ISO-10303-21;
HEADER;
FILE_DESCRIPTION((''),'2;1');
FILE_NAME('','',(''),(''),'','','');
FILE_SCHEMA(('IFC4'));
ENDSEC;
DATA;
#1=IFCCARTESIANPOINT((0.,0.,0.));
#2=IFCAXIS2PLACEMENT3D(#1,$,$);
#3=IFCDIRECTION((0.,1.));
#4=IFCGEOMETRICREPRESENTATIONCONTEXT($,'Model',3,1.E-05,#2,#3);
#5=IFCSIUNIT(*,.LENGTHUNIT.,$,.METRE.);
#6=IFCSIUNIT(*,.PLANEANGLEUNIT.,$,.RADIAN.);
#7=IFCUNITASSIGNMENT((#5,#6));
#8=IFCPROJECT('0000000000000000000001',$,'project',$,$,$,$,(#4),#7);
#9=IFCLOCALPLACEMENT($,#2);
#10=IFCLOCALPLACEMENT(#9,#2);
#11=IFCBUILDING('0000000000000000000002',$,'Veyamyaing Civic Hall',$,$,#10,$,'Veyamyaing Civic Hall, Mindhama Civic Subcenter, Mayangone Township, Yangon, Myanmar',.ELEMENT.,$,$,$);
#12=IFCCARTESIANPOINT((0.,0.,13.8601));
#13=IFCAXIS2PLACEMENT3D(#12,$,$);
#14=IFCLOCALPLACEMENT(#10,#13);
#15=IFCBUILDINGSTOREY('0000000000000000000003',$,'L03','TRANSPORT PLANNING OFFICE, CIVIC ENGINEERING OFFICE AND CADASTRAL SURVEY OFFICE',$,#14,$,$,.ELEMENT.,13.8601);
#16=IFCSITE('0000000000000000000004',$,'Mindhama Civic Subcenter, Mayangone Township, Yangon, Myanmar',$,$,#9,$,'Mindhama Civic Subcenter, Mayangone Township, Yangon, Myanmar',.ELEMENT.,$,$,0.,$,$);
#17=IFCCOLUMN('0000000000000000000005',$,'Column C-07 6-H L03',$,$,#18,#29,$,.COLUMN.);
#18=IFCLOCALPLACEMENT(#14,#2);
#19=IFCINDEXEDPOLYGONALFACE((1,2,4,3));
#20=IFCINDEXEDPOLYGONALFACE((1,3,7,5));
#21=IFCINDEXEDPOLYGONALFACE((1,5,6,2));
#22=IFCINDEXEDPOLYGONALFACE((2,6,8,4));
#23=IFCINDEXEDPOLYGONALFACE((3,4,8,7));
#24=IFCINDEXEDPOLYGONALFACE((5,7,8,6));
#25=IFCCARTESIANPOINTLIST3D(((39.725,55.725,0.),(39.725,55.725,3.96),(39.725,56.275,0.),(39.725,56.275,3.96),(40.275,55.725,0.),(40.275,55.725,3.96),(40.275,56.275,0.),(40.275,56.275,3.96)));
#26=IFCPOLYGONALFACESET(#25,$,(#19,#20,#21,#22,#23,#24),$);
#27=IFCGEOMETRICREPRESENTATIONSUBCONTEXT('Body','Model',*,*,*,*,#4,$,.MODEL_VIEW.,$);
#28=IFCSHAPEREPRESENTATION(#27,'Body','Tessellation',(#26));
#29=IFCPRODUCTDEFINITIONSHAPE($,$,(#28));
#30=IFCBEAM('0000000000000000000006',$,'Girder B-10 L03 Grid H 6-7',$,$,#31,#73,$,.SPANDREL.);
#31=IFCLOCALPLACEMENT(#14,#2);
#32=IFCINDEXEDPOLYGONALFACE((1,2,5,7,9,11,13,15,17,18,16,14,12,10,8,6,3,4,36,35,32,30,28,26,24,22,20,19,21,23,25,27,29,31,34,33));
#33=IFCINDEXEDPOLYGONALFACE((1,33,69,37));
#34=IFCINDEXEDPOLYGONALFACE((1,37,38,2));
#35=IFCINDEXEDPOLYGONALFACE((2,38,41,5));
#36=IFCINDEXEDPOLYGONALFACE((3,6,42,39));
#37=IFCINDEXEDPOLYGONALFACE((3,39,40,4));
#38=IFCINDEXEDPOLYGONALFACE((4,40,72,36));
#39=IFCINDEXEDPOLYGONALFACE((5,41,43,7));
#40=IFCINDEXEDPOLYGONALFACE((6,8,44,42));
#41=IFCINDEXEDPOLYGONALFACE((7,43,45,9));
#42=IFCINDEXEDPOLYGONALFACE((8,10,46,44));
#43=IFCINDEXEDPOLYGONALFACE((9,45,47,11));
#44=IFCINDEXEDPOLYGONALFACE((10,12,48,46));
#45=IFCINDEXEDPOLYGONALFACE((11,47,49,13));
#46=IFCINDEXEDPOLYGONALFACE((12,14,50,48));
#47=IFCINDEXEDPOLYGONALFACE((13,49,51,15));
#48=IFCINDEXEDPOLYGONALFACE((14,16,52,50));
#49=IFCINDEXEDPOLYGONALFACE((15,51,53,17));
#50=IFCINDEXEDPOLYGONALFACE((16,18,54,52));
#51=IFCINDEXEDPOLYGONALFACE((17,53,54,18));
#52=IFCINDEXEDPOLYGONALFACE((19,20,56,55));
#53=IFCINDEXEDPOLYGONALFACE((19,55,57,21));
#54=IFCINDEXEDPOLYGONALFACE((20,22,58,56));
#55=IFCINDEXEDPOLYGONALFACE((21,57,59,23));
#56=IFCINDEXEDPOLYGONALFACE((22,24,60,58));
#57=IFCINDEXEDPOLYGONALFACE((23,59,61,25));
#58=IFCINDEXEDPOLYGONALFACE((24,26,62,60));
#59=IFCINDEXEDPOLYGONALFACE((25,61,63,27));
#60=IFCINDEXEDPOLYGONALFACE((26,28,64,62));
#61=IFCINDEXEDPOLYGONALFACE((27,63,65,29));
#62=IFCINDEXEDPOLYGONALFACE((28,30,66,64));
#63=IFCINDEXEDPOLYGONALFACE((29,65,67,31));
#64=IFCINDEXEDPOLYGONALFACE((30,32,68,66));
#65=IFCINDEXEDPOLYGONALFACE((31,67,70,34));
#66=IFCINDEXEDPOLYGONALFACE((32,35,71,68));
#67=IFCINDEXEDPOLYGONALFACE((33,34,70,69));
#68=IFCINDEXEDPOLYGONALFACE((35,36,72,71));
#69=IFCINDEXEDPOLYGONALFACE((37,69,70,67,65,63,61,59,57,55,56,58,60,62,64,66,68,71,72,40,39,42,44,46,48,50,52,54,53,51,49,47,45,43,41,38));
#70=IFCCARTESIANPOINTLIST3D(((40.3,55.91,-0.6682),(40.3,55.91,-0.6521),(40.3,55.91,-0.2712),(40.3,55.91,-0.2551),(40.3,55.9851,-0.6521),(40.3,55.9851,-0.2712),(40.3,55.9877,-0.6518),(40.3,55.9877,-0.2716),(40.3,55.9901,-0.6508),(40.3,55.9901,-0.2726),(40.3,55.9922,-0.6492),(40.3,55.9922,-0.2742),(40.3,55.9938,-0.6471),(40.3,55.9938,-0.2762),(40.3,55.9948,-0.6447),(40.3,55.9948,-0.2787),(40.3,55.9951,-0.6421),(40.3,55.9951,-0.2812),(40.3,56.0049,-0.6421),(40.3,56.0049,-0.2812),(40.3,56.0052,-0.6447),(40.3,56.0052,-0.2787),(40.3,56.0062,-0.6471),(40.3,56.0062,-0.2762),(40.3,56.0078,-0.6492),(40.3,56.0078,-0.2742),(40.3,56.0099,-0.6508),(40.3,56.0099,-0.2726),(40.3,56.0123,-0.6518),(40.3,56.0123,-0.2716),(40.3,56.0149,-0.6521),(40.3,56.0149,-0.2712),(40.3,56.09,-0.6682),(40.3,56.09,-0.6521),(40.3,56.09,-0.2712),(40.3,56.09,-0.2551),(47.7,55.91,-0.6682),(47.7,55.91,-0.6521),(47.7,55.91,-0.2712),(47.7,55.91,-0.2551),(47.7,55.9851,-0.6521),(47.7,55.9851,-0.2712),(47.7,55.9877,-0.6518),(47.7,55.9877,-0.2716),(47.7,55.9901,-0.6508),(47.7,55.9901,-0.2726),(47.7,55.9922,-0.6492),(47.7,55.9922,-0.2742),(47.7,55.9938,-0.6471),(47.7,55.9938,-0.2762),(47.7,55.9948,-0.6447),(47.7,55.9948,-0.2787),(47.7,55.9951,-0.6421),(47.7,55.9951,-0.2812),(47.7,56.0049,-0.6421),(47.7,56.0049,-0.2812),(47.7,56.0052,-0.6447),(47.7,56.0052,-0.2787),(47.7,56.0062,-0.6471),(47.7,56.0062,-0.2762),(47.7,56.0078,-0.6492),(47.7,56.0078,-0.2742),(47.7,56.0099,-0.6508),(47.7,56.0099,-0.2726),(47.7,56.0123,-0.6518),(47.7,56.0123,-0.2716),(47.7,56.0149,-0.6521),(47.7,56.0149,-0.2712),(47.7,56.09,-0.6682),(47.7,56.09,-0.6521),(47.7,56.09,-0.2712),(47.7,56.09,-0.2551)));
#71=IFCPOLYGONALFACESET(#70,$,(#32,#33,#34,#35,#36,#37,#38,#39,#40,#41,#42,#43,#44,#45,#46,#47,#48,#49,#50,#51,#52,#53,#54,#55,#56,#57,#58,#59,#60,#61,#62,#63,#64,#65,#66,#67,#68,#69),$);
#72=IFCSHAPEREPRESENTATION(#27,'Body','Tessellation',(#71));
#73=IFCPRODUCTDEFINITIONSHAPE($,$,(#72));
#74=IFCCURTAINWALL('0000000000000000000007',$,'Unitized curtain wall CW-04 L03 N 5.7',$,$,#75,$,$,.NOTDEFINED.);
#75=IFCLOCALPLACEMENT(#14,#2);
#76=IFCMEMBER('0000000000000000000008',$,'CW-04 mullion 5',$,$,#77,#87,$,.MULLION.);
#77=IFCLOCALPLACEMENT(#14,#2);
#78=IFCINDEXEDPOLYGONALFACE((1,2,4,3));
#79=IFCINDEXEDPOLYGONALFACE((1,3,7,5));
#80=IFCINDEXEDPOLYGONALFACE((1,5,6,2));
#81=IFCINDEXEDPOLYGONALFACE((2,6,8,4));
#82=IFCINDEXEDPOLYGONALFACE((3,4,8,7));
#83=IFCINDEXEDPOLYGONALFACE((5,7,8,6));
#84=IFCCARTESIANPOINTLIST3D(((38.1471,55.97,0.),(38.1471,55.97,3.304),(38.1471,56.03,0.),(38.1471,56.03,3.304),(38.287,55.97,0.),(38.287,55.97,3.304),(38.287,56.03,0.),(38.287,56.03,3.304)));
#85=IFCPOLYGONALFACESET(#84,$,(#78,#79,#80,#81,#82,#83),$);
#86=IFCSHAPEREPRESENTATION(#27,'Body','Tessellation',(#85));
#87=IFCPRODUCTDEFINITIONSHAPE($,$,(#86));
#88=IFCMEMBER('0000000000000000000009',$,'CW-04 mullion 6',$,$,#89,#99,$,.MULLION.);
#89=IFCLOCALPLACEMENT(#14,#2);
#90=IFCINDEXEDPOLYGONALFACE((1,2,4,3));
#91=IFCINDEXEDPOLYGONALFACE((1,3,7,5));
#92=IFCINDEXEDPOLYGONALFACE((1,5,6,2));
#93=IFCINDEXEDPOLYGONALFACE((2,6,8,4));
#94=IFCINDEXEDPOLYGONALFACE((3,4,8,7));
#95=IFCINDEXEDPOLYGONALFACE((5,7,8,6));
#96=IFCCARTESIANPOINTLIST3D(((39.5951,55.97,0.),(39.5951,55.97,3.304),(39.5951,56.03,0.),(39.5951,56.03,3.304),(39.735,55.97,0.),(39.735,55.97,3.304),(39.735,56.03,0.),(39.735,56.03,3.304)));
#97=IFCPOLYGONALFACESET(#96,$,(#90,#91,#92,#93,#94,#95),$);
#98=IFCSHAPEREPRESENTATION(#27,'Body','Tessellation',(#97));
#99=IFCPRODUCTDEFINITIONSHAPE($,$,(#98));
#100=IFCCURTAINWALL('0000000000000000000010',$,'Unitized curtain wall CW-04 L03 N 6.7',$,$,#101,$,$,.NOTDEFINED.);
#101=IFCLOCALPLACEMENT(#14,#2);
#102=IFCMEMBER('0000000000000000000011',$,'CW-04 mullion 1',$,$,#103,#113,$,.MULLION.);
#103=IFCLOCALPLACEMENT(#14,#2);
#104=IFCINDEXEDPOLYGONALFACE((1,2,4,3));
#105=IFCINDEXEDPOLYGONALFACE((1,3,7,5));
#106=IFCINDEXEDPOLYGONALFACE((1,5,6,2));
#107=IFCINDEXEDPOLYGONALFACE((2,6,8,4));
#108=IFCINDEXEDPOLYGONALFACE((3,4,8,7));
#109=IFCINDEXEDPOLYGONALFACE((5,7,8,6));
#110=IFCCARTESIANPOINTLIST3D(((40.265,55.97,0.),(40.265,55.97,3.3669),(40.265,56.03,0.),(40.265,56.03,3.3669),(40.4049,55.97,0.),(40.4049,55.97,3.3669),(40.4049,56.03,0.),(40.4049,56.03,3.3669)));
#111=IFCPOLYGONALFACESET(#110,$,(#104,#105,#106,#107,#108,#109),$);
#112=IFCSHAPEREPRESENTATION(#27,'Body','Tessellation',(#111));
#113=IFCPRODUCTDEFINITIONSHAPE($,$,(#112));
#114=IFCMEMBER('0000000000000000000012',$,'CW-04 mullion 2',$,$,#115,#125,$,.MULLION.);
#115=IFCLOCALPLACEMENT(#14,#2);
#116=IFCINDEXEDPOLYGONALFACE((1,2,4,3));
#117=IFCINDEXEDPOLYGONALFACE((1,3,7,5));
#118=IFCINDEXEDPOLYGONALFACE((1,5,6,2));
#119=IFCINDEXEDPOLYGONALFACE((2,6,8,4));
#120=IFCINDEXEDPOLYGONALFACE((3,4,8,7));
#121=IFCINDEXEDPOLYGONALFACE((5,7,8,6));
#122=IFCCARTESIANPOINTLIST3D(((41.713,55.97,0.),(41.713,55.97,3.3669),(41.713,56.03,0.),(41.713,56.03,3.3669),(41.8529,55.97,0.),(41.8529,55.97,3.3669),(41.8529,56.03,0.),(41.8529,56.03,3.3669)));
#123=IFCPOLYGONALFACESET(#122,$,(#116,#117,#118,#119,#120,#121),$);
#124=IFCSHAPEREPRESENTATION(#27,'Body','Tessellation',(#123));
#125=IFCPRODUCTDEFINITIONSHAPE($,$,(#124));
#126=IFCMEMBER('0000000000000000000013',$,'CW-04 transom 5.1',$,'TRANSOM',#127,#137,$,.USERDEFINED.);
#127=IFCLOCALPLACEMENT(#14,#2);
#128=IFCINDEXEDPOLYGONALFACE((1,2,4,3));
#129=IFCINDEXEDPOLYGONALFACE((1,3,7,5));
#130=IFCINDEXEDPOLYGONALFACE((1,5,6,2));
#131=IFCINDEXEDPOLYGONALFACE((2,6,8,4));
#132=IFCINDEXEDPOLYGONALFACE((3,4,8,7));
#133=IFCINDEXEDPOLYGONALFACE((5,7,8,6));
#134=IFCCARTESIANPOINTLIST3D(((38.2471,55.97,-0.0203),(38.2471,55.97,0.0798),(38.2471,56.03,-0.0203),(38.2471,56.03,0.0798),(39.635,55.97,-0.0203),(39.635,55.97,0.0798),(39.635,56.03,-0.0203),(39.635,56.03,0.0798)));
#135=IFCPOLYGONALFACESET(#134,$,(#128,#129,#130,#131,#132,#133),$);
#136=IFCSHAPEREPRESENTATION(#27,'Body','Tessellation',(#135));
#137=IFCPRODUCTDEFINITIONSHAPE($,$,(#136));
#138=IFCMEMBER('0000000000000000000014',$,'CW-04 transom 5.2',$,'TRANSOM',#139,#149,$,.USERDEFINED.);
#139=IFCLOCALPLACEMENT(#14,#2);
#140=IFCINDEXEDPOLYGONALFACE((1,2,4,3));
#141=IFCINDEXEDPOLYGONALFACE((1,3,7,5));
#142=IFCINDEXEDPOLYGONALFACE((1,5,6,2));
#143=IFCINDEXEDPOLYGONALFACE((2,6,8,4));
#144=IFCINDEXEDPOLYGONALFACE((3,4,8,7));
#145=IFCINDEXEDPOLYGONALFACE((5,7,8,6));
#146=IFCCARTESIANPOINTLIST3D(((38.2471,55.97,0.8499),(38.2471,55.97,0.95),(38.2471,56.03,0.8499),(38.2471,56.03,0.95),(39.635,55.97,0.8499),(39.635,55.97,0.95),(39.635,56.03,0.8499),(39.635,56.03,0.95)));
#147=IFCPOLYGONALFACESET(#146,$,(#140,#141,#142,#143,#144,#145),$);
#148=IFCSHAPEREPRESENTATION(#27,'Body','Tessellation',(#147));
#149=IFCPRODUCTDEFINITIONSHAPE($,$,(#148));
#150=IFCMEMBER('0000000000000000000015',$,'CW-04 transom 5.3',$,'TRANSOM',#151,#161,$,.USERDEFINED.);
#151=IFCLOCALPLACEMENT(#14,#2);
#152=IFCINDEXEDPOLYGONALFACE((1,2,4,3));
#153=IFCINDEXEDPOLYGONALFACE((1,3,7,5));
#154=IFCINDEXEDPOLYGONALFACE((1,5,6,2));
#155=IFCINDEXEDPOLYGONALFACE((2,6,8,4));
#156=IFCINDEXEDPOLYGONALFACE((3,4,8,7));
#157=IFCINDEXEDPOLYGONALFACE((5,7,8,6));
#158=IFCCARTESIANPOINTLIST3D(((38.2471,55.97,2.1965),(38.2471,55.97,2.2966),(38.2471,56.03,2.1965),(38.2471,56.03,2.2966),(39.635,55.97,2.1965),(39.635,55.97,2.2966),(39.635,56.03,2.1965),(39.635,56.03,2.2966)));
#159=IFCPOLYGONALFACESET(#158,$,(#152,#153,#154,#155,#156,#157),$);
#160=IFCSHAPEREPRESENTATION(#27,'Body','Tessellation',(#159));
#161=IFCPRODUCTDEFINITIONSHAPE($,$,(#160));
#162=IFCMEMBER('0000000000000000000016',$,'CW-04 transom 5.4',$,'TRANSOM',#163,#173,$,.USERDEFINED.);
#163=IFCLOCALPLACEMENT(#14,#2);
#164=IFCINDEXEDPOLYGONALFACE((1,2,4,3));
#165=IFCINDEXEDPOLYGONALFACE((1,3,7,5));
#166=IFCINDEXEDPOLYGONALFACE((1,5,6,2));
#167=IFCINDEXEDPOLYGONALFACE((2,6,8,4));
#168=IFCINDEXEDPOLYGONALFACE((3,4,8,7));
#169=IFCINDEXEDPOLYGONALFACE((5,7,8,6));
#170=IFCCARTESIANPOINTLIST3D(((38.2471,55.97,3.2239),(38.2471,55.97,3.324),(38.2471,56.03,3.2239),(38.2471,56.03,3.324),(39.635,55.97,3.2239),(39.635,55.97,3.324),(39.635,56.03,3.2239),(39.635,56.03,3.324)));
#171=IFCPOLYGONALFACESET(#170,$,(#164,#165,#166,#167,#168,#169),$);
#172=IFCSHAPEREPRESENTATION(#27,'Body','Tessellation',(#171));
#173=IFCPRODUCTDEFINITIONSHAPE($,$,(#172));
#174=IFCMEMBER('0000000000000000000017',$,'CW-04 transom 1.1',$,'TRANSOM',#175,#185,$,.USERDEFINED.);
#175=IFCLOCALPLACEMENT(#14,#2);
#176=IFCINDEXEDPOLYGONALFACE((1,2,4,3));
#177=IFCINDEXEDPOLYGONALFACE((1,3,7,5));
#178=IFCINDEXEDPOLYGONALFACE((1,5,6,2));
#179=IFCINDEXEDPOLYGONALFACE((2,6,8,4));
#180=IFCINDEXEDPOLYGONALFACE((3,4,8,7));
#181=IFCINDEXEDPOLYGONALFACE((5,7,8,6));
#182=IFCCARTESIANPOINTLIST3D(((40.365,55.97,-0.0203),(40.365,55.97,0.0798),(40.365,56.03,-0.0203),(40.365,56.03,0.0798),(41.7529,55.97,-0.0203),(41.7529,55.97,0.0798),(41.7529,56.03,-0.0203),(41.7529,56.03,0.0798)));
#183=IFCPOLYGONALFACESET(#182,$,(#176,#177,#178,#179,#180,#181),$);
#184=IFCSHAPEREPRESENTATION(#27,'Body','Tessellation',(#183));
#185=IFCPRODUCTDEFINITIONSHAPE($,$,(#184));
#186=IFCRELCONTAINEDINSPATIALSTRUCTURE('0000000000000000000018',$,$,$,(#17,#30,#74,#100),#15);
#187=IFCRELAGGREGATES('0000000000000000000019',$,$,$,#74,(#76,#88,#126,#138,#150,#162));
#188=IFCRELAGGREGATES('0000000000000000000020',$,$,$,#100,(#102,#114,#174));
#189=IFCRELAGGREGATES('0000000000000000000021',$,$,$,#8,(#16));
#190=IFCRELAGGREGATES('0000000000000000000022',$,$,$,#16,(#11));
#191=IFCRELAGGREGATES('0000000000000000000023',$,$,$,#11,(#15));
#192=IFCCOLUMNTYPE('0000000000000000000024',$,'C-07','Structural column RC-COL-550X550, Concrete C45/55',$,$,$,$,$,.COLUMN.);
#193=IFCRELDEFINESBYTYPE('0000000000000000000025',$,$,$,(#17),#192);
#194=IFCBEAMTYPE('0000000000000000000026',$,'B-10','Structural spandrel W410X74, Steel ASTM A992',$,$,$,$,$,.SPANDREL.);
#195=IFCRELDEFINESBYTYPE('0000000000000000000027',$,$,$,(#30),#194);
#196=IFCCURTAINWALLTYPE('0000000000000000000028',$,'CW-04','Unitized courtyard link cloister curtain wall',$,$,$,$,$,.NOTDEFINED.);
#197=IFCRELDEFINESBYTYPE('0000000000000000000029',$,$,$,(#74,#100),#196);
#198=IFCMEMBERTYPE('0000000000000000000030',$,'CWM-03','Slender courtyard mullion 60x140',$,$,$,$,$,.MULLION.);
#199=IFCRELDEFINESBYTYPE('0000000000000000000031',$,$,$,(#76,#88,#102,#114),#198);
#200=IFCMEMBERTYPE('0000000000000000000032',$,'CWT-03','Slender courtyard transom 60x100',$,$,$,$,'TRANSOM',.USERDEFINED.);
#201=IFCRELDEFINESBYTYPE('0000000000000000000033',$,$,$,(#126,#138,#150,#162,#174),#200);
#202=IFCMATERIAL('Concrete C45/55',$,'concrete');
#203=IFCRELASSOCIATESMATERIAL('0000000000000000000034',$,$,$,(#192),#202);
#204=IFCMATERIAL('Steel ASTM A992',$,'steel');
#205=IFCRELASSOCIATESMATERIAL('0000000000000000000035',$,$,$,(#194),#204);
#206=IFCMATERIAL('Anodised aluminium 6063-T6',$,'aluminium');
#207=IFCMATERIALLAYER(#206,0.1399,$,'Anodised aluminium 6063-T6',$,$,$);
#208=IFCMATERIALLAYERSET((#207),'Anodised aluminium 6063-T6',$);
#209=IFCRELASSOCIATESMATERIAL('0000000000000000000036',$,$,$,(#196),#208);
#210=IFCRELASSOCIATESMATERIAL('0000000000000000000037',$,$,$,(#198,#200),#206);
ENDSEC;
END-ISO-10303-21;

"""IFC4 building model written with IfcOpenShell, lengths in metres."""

from ifc_helpers import new_model, si_unit, direction, frame, origin, origin_2d, place, context, subcontext, project, spatial, rectangle, i_section, extrude, material, layer, layer_set, material_profile, profile_set, type_object, element, aggregate, save


model = new_model("IFC4")

# Units and contexts
model_context = context("Model", 3, precision=1e-05, world=origin(), true_north=direction((0.0, 1.0)))
body_context = subcontext(model_context, "Body", "Model", "MODEL_VIEW")
ifc_project = project(units=[si_unit("LENGTHUNIT", "METRE"), si_unit("PLANEANGLEUNIT", "RADIAN")], contexts=[model_context])

# Site, building, storey
site_placement = place(None, origin())
site = spatial("IfcSite", under=ifc_project, at=site_placement, Name="Mindhama Civic Subcenter, Mayangone Township, Yangon, Myanmar", LongName="Mindhama Civic Subcenter, Mayangone Township, Yangon, Myanmar", CompositionType="ELEMENT", RefElevation=0.0)
building_placement = place(site_placement, origin())
building = spatial("IfcBuilding", under=site, at=building_placement, Name="Veyamyaing Civic Hall", LongName="Veyamyaing Civic Hall, Mindhama Civic Subcenter, Mayangone Township, Yangon, Myanmar", CompositionType="ELEMENT")
storey_placement = place(building_placement, frame((0.0, 0.0, 13.8601)))
storey = spatial("IfcBuildingStorey", under=building, at=storey_placement, Name="L03", Description="TRANSPORT PLANNING OFFICE, CIVIC ENGINEERING OFFICE AND CADASTRAL SURVEY OFFICE", CompositionType="ELEMENT", Elevation=13.8601)

# Column
ifc_material_1 = material(Name="Concrete C45/55", Category="concrete")
ifc_material_profile_1 = material_profile(ifc_material_1, rectangle(XDim=0.55, YDim=0.55, at=origin_2d()), Name="RC-COL-550X550")
ifc_profile_set_1 = profile_set([ifc_material_profile_1], Name="Concrete C45/55")
column_type = type_object("IfcColumnType", Name="C-07", Description="Structural column RC-COL-550X550, Concrete C45/55", PredefinedType="COLUMN", material=ifc_profile_set_1)
column_placement = place(storey_placement, frame((40.0, 56.0, 0.0), z_axis=(0.0, 0.0, 1.0), x_axis=(1.0, 0.0, 0.0)))
element("IfcColumn", 1, at=column_placement, inside=storey, type_object=column_type, Name="Column C-07 6-H L03", PredefinedType="COLUMN", context=body_context, shape_type="SweptSolid", body=[
    extrude(rectangle(XDim=0.55, YDim=0.55, at=origin_2d()), origin(), (0.0, 0.0, 1.0), 3.96),
])

# Beam
ifc_material_2 = material(Name="Steel ASTM A992", Category="steel")
ifc_material_profile_2 = material_profile(ifc_material_2, i_section(OverallWidth=0.1799, OverallDepth=0.4131, WebThickness=0.0098, FlangeThickness=0.0161, FilletRadius=0.01, at=origin_2d()), Name="W410X74")
ifc_profile_set_2 = profile_set([ifc_material_profile_2], Name="Steel ASTM A992")
beam_type = type_object("IfcBeamType", Name="B-10", Description="Structural spandrel W410X74, Steel ASTM A992", PredefinedType="SPANDREL", material=ifc_profile_set_2)
beam_placement = place(storey_placement, frame((40.3, 56.0, -0.4617), z_axis=(1.0, 0.0, 0.0), x_axis=(0.0, 1.0, 0.0)))
element("IfcBeam", 2, at=beam_placement, inside=storey, type_object=beam_type, Name="Girder B-10 L03 Grid H 6-7", PredefinedType="SPANDREL", context=body_context, shape_type="SweptSolid", body=[
    extrude(i_section(OverallWidth=0.1799, OverallDepth=0.4131, WebThickness=0.0098, FlangeThickness=0.0161, FilletRadius=0.01, at=origin_2d()), origin(), (0.0, 0.0, 1.0), 7.3999),
])

# Curtain walls, members
ifc_material_3 = material(Name="Anodised aluminium 6063-T6", Category="aluminium")
ifc_layer_1 = layer(ifc_material_3, 0.1399, Name="Anodised aluminium 6063-T6")
ifc_layer_set_1 = layer_set([ifc_layer_1], Name="Anodised aluminium 6063-T6")
curtain_wall_type = type_object("IfcCurtainWallType", Name="CW-04", Description="Unitized courtyard link cloister curtain wall", PredefinedType="NOTDEFINED", material=ifc_layer_set_1)
curtain_wall_1_placement = place(storey_placement, origin())
curtain_wall_1 = element("IfcCurtainWall", 3, at=curtain_wall_1_placement, inside=storey, type_object=curtain_wall_type, Name="Unitized curtain wall CW-04 L03 N 5.7", PredefinedType="NOTDEFINED")
ifc_material_profile_3 = material_profile(ifc_material_3, rectangle(XDim=0.0601, YDim=0.1399, at=origin_2d()), Name="ALU-MUL-60X140")
ifc_profile_set_3 = profile_set([ifc_material_profile_3], Name="Anodised aluminium 6063-T6")
member_type_1 = type_object("IfcMemberType", Name="CWM-03", Description="Slender courtyard mullion 60x140", PredefinedType="MULLION", material=ifc_profile_set_3)
member_1_placement = place(storey_placement, frame((38.217, 56.0, 0.0), z_axis=(0.0, 0.0, 1.0), x_axis=(0.0, 1.0, 0.0)))
member_1 = element("IfcMember", 4, at=member_1_placement, type_object=member_type_1, Name="CW-04 mullion 5", PredefinedType="MULLION", context=body_context, shape_type="SweptSolid", body=[
    extrude(rectangle(XDim=0.0601, YDim=0.1399, at=origin_2d()), origin(), (0.0, 0.0, 1.0), 3.304),
])
member_2_placement = place(storey_placement, frame((39.665, 56.0, 0.0), z_axis=(0.0, 0.0, 1.0), x_axis=(0.0, 1.0, 0.0)))
member_2 = element("IfcMember", 5, at=member_2_placement, type_object=member_type_1, Name="CW-04 mullion 6", PredefinedType="MULLION", context=body_context, shape_type="SweptSolid", body=[
    extrude(rectangle(XDim=0.0601, YDim=0.1399, at=origin_2d()), origin(), (0.0, 0.0, 1.0), 3.304),
])
curtain_wall_2_placement = place(storey_placement, origin())
curtain_wall_2 = element("IfcCurtainWall", 6, at=curtain_wall_2_placement, inside=storey, type_object=curtain_wall_type, Name="Unitized curtain wall CW-04 L03 N 6.7", PredefinedType="NOTDEFINED")
member_3_placement = place(storey_placement, frame((40.335, 56.0, 0.0), z_axis=(0.0, 0.0, 1.0), x_axis=(0.0, 1.0, 0.0)))
member_3 = element("IfcMember", 7, at=member_3_placement, type_object=member_type_1, Name="CW-04 mullion 1", PredefinedType="MULLION", context=body_context, shape_type="SweptSolid", body=[
    extrude(rectangle(XDim=0.0601, YDim=0.1399, at=origin_2d()), origin(), (0.0, 0.0, 1.0), 3.3669),
])
member_4_placement = place(storey_placement, frame((41.783, 56.0, 0.0), z_axis=(0.0, 0.0, 1.0), x_axis=(0.0, 1.0, 0.0)))
member_4 = element("IfcMember", 8, at=member_4_placement, type_object=member_type_1, Name="CW-04 mullion 2", PredefinedType="MULLION", context=body_context, shape_type="SweptSolid", body=[
    extrude(rectangle(XDim=0.0601, YDim=0.1399, at=origin_2d()), origin(), (0.0, 0.0, 1.0), 3.3669),
])

# Members
ifc_material_profile_4 = material_profile(ifc_material_3, rectangle(XDim=0.0601, YDim=0.1001, at=origin_2d()), Name="ALU-TRN-60X100")
ifc_profile_set_4 = profile_set([ifc_material_profile_4], Name="Anodised aluminium 6063-T6")
member_type_2 = type_object("IfcMemberType", Name="CWT-03", Description="Slender courtyard transom 60x100", ElementType="TRANSOM", PredefinedType="USERDEFINED", material=ifc_profile_set_4)
member_5_placement = place(storey_placement, frame((38.2471, 56.0, 0.0298), z_axis=(1.0, 0.0, 0.0), x_axis=(0.0, 1.0, 0.0)))
member_5 = element("IfcMember", 9, at=member_5_placement, type_object=member_type_2, Name="CW-04 transom 5.1", ObjectType="TRANSOM", PredefinedType="USERDEFINED", context=body_context, shape_type="SweptSolid", body=[
    extrude(rectangle(XDim=0.0601, YDim=0.1001, at=origin_2d()), origin(), (0.0, 0.0, 1.0), 1.3879),
])
member_6_placement = place(storey_placement, frame((38.2471, 56.0, 0.8999), z_axis=(1.0, 0.0, 0.0), x_axis=(0.0, 1.0, 0.0)))
member_6 = element("IfcMember", 10, at=member_6_placement, type_object=member_type_2, Name="CW-04 transom 5.2", ObjectType="TRANSOM", PredefinedType="USERDEFINED", context=body_context, shape_type="SweptSolid", body=[
    extrude(rectangle(XDim=0.0601, YDim=0.1001, at=origin_2d()), origin(), (0.0, 0.0, 1.0), 1.3879),
])
member_7_placement = place(storey_placement, frame((38.2471, 56.0, 2.2466), z_axis=(1.0, 0.0, 0.0), x_axis=(0.0, 1.0, 0.0)))
member_7 = element("IfcMember", 11, at=member_7_placement, type_object=member_type_2, Name="CW-04 transom 5.3", ObjectType="TRANSOM", PredefinedType="USERDEFINED", context=body_context, shape_type="SweptSolid", body=[
    extrude(rectangle(XDim=0.0601, YDim=0.1001, at=origin_2d()), origin(), (0.0, 0.0, 1.0), 1.3879),
])
member_8_placement = place(storey_placement, frame((38.2471, 56.0, 3.2739), z_axis=(1.0, 0.0, 0.0), x_axis=(0.0, 1.0, 0.0)))
member_8 = element("IfcMember", 12, at=member_8_placement, type_object=member_type_2, Name="CW-04 transom 5.4", ObjectType="TRANSOM", PredefinedType="USERDEFINED", context=body_context, shape_type="SweptSolid", body=[
    extrude(rectangle(XDim=0.0601, YDim=0.1001, at=origin_2d()), origin(), (0.0, 0.0, 1.0), 1.3879),
])
member_9_placement = place(storey_placement, frame((40.365, 56.0, 0.0298), z_axis=(1.0, 0.0, 0.0), x_axis=(0.0, 1.0, 0.0)))
member_9 = element("IfcMember", 13, at=member_9_placement, type_object=member_type_2, Name="CW-04 transom 1.1", ObjectType="TRANSOM", PredefinedType="USERDEFINED", context=body_context, shape_type="SweptSolid", body=[
    extrude(rectangle(XDim=0.0601, YDim=0.1001, at=origin_2d()), origin(), (0.0, 0.0, 1.0), 1.3879),
])

aggregate(curtain_wall_1, [member_1, member_2, member_5, member_6, member_7, member_8])
aggregate(curtain_wall_2, [member_3, member_4, member_9])

save(model, "model.ifc")
